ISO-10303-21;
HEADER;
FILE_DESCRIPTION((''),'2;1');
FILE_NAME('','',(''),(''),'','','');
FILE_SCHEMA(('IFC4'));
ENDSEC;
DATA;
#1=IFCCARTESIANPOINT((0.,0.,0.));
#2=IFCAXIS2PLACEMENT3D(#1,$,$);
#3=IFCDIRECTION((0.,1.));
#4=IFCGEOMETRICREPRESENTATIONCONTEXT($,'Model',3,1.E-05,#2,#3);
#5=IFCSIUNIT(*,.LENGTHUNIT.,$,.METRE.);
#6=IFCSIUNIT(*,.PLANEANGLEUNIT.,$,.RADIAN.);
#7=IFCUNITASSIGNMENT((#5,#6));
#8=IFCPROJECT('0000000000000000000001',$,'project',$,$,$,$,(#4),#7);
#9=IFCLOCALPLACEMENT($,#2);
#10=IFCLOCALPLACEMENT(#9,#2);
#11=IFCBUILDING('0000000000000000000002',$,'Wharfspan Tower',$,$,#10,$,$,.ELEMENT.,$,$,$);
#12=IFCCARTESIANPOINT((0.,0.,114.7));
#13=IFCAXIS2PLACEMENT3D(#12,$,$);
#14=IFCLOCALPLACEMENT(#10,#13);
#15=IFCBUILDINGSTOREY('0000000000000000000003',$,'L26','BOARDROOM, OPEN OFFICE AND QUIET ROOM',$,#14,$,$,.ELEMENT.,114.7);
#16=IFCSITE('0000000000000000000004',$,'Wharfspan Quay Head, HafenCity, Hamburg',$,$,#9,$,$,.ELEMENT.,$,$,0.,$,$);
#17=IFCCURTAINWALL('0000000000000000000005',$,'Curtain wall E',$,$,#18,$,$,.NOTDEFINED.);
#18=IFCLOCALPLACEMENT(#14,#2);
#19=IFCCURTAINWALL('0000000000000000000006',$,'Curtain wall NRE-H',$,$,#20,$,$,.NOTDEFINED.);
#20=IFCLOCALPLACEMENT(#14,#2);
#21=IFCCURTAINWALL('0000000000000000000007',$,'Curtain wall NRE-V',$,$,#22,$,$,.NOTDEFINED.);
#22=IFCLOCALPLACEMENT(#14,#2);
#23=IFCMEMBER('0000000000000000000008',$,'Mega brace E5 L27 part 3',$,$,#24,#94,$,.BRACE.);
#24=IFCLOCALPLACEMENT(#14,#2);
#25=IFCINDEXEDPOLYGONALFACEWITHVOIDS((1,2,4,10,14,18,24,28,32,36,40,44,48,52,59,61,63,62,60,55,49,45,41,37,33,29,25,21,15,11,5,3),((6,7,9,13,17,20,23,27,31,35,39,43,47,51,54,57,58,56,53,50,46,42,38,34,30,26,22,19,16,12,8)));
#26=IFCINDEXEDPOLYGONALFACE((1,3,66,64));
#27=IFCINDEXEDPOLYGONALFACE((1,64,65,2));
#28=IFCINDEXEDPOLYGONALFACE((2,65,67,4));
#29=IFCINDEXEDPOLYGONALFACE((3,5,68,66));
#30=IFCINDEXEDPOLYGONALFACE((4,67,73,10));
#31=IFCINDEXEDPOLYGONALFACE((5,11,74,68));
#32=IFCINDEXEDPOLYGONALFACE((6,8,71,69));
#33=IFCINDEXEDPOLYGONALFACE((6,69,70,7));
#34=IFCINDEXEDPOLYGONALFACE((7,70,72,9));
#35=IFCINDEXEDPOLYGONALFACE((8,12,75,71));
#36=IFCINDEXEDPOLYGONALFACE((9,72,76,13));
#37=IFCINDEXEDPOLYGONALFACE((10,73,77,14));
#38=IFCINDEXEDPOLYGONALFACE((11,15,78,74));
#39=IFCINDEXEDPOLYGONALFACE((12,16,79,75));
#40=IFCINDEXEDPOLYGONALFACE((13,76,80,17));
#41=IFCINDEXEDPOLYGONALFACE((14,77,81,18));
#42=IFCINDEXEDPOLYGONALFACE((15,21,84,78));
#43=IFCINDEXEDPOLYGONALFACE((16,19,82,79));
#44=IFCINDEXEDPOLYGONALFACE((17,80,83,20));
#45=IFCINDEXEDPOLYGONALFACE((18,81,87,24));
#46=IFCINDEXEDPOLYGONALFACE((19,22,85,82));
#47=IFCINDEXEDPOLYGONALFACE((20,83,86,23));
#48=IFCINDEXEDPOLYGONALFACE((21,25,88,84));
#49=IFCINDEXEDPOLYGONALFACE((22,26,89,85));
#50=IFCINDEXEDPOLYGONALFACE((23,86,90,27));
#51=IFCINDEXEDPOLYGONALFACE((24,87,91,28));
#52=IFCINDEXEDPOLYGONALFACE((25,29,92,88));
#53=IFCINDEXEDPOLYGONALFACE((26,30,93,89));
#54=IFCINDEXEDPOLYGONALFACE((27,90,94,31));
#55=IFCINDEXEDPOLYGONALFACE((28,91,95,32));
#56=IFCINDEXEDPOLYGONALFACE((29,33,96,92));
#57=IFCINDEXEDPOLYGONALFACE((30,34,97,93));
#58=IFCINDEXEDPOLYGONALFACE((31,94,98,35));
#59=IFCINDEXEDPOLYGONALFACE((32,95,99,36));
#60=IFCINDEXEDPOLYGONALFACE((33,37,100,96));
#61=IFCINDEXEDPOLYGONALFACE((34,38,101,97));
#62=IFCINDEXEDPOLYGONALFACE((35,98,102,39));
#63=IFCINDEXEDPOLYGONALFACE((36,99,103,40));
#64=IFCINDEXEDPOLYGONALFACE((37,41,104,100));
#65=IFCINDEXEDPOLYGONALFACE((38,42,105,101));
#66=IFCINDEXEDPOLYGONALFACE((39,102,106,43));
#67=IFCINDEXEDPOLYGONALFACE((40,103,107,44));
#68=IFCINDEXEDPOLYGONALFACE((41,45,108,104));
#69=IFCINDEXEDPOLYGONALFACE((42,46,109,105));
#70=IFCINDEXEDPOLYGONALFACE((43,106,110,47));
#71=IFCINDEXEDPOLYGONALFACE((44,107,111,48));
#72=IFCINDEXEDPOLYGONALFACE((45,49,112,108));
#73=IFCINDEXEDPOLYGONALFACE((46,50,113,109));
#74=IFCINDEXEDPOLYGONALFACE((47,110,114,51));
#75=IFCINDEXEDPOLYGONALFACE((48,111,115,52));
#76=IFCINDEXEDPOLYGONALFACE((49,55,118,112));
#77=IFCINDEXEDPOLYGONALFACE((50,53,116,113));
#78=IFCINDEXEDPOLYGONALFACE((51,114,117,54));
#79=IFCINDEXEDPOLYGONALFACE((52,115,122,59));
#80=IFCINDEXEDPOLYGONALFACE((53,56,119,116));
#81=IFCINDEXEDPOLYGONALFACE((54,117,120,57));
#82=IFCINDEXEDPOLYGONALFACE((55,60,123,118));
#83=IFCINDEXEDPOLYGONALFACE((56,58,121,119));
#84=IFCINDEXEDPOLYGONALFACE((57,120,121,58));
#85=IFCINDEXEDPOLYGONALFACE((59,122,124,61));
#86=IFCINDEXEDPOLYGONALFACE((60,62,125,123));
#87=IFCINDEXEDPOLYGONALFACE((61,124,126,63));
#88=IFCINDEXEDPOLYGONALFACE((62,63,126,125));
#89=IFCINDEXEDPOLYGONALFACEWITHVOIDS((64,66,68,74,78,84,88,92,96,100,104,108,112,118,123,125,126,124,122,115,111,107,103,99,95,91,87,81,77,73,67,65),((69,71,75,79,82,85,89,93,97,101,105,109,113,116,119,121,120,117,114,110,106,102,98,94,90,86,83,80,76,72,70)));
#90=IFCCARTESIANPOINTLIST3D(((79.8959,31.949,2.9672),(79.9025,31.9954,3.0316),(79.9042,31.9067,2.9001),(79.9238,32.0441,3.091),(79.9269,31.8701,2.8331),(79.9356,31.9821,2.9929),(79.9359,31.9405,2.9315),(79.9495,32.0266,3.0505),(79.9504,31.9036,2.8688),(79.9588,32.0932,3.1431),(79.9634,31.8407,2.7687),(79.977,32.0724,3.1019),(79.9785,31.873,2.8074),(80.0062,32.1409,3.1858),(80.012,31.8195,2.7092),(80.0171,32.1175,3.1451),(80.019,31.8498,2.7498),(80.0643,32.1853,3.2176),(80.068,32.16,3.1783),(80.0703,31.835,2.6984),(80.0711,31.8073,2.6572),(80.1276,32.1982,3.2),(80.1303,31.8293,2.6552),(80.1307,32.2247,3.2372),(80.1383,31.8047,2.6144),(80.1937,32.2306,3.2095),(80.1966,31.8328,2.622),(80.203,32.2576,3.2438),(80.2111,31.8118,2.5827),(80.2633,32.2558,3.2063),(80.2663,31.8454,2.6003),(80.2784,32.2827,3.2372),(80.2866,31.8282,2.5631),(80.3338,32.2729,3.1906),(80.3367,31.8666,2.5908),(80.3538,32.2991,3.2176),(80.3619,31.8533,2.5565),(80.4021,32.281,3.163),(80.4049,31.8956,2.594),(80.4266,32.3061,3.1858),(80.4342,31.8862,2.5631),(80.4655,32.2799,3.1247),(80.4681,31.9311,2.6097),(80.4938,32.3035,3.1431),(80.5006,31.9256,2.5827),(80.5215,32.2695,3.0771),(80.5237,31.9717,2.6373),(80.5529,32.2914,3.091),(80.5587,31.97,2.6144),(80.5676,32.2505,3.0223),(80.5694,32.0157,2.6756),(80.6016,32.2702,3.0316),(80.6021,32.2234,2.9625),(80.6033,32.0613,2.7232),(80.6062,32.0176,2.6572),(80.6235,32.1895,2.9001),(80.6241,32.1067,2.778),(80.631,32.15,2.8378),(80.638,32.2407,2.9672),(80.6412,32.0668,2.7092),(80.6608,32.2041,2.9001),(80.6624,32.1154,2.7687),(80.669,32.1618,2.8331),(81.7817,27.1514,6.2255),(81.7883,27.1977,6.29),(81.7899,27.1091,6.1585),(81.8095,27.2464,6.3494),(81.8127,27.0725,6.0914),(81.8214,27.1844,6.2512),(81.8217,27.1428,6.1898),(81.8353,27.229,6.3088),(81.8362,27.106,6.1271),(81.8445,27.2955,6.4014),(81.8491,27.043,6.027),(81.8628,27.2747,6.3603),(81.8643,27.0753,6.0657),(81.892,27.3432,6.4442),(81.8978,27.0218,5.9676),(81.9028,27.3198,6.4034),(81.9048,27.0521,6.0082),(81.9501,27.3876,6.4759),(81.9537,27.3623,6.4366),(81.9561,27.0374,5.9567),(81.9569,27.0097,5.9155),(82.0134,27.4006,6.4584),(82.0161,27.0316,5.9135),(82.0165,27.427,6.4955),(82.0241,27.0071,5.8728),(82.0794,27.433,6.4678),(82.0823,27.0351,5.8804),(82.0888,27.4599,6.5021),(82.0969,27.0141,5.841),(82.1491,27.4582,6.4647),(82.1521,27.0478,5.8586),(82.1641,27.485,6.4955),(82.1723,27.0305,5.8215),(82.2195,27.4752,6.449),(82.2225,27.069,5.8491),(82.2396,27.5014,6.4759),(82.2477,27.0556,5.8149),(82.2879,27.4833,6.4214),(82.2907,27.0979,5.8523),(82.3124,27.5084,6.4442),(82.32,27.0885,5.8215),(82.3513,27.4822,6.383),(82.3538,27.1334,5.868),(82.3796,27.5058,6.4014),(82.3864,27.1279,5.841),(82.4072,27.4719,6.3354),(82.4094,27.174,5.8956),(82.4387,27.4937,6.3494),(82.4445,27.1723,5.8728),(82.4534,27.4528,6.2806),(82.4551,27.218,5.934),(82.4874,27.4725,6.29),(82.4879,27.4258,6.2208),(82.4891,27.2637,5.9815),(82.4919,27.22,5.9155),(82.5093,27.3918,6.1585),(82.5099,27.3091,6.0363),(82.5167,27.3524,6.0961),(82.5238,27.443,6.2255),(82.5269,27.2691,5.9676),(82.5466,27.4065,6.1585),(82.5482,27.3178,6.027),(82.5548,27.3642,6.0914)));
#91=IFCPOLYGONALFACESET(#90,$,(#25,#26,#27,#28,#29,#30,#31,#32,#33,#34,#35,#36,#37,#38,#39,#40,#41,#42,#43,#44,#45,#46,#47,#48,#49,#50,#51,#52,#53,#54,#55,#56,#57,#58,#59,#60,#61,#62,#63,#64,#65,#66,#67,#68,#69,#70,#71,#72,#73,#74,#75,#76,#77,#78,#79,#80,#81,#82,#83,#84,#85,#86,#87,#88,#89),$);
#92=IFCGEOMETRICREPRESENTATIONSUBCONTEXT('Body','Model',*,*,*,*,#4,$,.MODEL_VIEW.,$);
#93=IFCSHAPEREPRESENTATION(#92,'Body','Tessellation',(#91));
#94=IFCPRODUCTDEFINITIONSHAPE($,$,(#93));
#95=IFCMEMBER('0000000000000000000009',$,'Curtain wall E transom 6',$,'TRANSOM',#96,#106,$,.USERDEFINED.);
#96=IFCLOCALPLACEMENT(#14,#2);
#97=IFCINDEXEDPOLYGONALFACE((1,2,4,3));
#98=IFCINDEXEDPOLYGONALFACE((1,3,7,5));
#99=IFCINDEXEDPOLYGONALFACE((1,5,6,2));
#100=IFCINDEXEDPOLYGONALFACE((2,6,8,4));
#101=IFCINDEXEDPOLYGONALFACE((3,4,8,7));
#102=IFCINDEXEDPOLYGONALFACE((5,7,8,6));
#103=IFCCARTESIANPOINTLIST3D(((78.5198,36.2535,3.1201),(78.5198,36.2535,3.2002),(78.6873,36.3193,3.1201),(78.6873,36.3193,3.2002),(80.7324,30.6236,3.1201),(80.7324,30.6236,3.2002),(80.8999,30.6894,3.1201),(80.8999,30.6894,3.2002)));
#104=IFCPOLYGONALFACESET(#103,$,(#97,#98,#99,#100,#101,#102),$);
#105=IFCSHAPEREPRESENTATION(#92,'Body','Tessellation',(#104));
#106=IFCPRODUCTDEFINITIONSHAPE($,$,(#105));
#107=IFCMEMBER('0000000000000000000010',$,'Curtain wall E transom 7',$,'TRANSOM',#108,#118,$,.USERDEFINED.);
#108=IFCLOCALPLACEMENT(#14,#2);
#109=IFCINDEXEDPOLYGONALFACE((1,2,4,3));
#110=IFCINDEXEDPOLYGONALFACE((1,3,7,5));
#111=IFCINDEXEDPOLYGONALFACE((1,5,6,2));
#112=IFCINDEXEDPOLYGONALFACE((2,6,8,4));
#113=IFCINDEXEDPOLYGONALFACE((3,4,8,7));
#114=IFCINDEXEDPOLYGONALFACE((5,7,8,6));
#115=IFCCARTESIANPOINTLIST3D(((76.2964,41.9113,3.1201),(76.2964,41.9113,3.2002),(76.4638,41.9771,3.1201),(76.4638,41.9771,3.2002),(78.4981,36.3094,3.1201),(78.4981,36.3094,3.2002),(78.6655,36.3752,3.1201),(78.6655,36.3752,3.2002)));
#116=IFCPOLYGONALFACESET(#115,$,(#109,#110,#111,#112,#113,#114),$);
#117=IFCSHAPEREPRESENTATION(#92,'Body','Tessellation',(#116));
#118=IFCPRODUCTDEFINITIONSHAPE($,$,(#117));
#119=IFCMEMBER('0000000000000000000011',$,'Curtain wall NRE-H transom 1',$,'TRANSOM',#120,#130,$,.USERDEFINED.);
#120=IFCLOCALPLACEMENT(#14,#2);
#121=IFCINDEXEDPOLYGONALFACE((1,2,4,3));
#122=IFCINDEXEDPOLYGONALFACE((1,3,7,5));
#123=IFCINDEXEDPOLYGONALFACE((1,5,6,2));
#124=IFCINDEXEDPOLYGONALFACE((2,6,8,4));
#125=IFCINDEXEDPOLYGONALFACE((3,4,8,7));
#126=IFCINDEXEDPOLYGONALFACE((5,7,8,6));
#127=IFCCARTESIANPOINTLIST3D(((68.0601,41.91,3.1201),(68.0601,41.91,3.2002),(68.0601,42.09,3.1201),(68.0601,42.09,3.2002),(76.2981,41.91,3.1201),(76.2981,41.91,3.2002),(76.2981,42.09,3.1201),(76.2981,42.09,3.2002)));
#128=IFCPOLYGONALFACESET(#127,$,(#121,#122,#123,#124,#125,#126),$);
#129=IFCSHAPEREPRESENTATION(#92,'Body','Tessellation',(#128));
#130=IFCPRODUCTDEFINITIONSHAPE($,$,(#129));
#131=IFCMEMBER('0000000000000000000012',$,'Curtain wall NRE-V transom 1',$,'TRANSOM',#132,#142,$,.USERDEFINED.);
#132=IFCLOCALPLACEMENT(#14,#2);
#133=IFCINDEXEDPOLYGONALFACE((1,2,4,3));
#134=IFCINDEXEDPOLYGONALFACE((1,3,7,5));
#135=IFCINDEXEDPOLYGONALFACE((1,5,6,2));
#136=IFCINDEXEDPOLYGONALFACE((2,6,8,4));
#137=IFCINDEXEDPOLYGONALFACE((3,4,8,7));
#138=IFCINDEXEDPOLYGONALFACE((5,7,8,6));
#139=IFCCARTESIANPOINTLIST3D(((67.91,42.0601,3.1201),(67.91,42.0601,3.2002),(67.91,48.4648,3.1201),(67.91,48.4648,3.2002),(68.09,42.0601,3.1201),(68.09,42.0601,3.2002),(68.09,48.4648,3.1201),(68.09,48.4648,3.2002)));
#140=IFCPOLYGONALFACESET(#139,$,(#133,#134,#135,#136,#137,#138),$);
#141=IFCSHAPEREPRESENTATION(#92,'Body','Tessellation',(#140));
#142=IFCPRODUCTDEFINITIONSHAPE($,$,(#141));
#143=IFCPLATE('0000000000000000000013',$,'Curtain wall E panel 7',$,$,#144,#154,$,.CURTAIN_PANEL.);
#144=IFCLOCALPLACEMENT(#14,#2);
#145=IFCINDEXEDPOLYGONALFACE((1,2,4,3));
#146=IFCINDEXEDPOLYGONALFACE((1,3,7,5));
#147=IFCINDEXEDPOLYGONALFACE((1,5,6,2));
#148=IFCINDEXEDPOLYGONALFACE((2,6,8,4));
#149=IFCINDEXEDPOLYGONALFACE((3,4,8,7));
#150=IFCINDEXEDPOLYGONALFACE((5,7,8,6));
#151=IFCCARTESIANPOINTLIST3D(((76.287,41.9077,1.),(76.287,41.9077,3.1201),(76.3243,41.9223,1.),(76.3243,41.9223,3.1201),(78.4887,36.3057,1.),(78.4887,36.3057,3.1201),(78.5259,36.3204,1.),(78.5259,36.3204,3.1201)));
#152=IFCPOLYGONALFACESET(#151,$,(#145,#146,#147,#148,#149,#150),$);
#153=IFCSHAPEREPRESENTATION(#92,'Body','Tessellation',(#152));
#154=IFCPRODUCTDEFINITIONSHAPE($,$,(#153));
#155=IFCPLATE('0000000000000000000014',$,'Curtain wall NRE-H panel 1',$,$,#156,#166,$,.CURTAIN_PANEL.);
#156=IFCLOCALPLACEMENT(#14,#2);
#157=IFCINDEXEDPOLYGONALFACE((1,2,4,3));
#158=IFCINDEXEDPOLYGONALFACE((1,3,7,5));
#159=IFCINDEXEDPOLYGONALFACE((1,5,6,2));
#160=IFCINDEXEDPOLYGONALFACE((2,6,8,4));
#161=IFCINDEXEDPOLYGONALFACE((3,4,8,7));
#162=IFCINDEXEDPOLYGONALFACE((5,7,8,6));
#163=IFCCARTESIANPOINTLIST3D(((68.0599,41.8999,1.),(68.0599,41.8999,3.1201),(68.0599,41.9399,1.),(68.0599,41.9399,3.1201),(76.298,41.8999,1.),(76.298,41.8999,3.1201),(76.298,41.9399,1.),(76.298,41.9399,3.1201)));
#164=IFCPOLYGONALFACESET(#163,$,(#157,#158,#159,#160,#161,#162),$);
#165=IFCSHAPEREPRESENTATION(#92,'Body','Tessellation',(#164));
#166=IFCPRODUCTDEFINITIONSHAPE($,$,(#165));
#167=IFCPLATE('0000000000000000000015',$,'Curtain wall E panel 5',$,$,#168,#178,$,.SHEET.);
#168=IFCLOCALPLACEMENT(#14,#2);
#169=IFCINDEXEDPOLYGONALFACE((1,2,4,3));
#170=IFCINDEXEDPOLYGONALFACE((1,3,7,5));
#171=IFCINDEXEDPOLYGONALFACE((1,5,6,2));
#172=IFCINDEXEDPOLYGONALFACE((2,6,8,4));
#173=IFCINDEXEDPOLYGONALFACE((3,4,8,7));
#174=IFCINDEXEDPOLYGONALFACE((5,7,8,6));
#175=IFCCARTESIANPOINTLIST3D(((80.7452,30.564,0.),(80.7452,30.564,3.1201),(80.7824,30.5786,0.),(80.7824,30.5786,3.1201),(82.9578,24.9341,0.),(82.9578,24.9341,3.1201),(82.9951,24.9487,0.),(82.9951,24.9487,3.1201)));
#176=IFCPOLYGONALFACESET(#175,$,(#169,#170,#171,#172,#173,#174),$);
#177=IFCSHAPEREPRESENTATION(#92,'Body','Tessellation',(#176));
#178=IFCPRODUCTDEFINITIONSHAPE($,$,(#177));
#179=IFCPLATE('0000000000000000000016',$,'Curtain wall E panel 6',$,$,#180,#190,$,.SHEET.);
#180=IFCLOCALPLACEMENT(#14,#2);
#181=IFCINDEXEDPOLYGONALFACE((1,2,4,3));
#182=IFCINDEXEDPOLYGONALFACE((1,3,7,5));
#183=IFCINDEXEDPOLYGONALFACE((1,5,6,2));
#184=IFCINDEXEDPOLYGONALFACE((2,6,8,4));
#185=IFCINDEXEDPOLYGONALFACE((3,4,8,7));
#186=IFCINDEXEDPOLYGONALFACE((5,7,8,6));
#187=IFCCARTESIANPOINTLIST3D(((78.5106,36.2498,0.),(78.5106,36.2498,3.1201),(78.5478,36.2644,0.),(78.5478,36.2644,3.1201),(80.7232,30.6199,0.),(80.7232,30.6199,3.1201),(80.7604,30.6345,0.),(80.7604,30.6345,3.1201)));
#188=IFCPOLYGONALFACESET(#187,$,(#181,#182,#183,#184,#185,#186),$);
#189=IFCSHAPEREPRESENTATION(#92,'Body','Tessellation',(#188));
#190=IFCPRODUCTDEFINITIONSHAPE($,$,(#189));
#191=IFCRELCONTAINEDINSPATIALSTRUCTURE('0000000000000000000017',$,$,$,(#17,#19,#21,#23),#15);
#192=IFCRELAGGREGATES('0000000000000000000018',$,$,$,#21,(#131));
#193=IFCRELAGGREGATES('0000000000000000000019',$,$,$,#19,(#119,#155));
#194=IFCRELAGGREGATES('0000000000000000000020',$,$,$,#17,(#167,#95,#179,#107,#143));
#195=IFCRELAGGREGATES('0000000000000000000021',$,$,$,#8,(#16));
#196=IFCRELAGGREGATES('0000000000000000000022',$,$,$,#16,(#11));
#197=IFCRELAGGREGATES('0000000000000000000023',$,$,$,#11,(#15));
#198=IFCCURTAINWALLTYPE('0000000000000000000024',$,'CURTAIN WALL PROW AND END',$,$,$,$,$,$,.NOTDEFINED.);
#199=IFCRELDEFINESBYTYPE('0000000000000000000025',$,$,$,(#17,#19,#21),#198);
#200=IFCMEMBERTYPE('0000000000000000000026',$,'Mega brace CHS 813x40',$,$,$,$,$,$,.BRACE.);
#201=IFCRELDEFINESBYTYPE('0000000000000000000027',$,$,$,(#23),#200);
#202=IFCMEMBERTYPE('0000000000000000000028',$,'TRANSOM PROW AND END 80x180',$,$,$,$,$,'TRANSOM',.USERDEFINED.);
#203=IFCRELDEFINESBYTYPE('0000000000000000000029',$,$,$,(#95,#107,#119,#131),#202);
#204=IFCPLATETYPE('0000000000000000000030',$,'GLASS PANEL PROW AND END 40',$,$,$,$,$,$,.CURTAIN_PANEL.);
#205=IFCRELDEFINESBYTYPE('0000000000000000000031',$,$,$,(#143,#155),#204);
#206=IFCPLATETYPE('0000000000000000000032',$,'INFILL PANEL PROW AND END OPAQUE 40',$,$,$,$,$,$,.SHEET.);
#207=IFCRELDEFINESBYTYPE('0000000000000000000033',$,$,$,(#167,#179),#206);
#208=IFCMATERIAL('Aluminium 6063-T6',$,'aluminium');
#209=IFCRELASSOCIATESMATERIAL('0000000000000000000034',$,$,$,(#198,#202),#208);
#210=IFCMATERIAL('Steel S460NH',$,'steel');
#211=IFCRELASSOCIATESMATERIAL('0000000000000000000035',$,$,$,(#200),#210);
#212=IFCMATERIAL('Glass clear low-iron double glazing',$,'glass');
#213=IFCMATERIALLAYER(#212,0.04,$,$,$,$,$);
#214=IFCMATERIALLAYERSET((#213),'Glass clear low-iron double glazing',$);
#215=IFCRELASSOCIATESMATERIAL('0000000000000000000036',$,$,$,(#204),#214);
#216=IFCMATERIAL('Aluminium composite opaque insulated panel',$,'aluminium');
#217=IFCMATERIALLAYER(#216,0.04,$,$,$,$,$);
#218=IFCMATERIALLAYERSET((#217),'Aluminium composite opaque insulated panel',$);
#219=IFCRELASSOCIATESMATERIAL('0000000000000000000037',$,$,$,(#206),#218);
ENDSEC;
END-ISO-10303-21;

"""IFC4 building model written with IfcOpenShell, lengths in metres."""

from ifc_helpers import new_model, si_unit, direction, frame, origin, origin_2d, place, context, subcontext, project, spatial, rectangle, hollow_circle, extrude, material, layer, layer_set, material_profile, profile_set, type_object, element, aggregate, save


model = new_model("IFC4")

# Units and contexts
model_context = context("Model", 3, precision=1e-05, world=origin(), true_north=direction((0.0, 1.0)))
body_context = subcontext(model_context, "Body", "Model", "MODEL_VIEW")
ifc_project = project(units=[si_unit("LENGTHUNIT", "METRE"), si_unit("PLANEANGLEUNIT", "RADIAN")], contexts=[model_context])

# Site, building, storey
site_placement = place(None, origin())
site = spatial("IfcSite", under=ifc_project, at=site_placement, Name="Wharfspan Quay Head, HafenCity, Hamburg", CompositionType="ELEMENT", RefElevation=0.0)
building_placement = place(site_placement, origin())
building = spatial("IfcBuilding", under=site, at=building_placement, Name="Wharfspan Tower", CompositionType="ELEMENT")
storey_placement = place(building_placement, frame((0.0, 0.0, 114.7)))
storey = spatial("IfcBuildingStorey", under=building, at=storey_placement, Name="L26", Description="BOARDROOM, OPEN OFFICE AND QUIET ROOM", CompositionType="ELEMENT", Elevation=114.7)

# Curtain walls
ifc_material_1 = material(Name="Aluminium 6063-T6", Category="aluminium")
curtain_wall_type = type_object("IfcCurtainWallType", Name="CURTAIN WALL PROW AND END", PredefinedType="NOTDEFINED", material=ifc_material_1)
curtain_wall_1_placement = place(storey_placement, origin())
curtain_wall_1 = element("IfcCurtainWall", 1, at=curtain_wall_1_placement, inside=storey, type_object=curtain_wall_type, Name="Curtain wall E", PredefinedType="NOTDEFINED")
curtain_wall_2_placement = place(storey_placement, origin())
curtain_wall_2 = element("IfcCurtainWall", 2, at=curtain_wall_2_placement, inside=storey, type_object=curtain_wall_type, Name="Curtain wall NRE-H", PredefinedType="NOTDEFINED")
curtain_wall_3_placement = place(storey_placement, origin())
curtain_wall_3 = element("IfcCurtainWall", 3, at=curtain_wall_3_placement, inside=storey, type_object=curtain_wall_type, Name="Curtain wall NRE-V", PredefinedType="NOTDEFINED")

# Members
ifc_material_2 = material(Name="Steel S460NH", Category="steel")
ifc_material_profile_1 = material_profile(ifc_material_2, hollow_circle(Radius=0.4065, WallThickness=0.04, at=origin_2d()))
ifc_profile_set_1 = profile_set([ifc_material_profile_1], Name="Steel S460NH")
member_type_1 = type_object("IfcMemberType", Name="Mega brace CHS 813x40", PredefinedType="BRACE", material=ifc_profile_set_1)
member_1_placement = place(storey_placement, frame((80.2825, 32.0554, 2.9001), z_axis=(0.309223, -0.786709, 0.534294), x_axis=(0.930685, 0.365812, -0.000003)))
element("IfcMember", 4, at=member_1_placement, inside=storey, type_object=member_type_1, Name="Mega brace E5 L27 part 3", PredefinedType="BRACE", context=body_context, shape_type="SweptSolid", body=[
    extrude(hollow_circle(Radius=0.4065, WallThickness=0.04, at=origin_2d()), origin(), (0.0, 0.0, 1.0), 6.0984),
])
ifc_material_profile_2 = material_profile(ifc_material_1, rectangle(XDim=0.1799, YDim=0.0801, at=origin_2d()))
ifc_profile_set_2 = profile_set([ifc_material_profile_2], Name="Aluminium 6063-T6")
member_type_2 = type_object("IfcMemberType", Name="TRANSOM PROW AND END 80x180", ElementType="TRANSOM", PredefinedType="USERDEFINED", material=ifc_profile_set_2)
member_2_placement = place(storey_placement, frame((80.8162, 30.6565, 3.1602), z_axis=(-0.365782, 0.9307, 0.0), x_axis=(-0.9307, -0.365782, 0.0)))
member_2 = element("IfcMember", 5, at=member_2_placement, type_object=member_type_2, Name="Curtain wall E transom 6", ObjectType="TRANSOM", PredefinedType="USERDEFINED", context=body_context, shape_type="SweptSolid", body=[
    extrude(rectangle(XDim=0.1799, YDim=0.0801, at=origin_2d()), origin(), (0.0, 0.0, 1.0), 6.0491),
])
member_3_placement = place(storey_placement, frame((78.5818, 36.3423, 3.1602), z_axis=(-0.365789, 0.930698, 0.0), x_axis=(-0.930698, -0.365789, 0.0)))
member_3 = element("IfcMember", 6, at=member_3_placement, type_object=member_type_2, Name="Curtain wall E transom 7", ObjectType="TRANSOM", PredefinedType="USERDEFINED", context=body_context, shape_type="SweptSolid", body=[
    extrude(rectangle(XDim=0.1799, YDim=0.0801, at=origin_2d()), origin(), (0.0, 0.0, 1.0), 6.019),
])
member_4_placement = place(storey_placement, frame((76.2981, 42.0, 3.1602), z_axis=(-1.0, 0.0, 0.0), x_axis=(0.0, -1.0, 0.0)))
member_4 = element("IfcMember", 7, at=member_4_placement, type_object=member_type_2, Name="Curtain wall NRE-H transom 1", ObjectType="TRANSOM", PredefinedType="USERDEFINED", context=body_context, shape_type="SweptSolid", body=[
    extrude(rectangle(XDim=0.1799, YDim=0.0801, at=origin_2d()), origin(), (0.0, 0.0, 1.0), 8.238),
])
member_5_placement = place(storey_placement, frame((68.0, 42.0601, 3.1602), z_axis=(0.0, 1.0, 0.0), x_axis=(-1.0, 0.0, 0.0)))
member_5 = element("IfcMember", 8, at=member_5_placement, type_object=member_type_2, Name="Curtain wall NRE-V transom 1", ObjectType="TRANSOM", PredefinedType="USERDEFINED", context=body_context, shape_type="SweptSolid", body=[
    extrude(rectangle(XDim=0.1799, YDim=0.0801, at=origin_2d()), origin(), (0.0, 0.0, 1.0), 6.4048),
])
aggregate(curtain_wall_3, [member_5])

# Plates
ifc_material_3 = material(Name="Glass clear low-iron double glazing", Category="glass")
ifc_layer_1 = layer(ifc_material_3, 0.04)
ifc_layer_set_1 = layer_set([ifc_layer_1], Name="Glass clear low-iron double glazing")
plate_type_1 = type_object("IfcPlateType", Name="GLASS PANEL PROW AND END 40", PredefinedType="CURTAIN_PANEL", material=ifc_layer_set_1)
plate_1_placement = place(storey_placement, frame((77.4065, 39.114, 1.0), z_axis=(0.0, 0.0, 1.0), x_axis=(-0.365778, 0.930702, 0.0)))
plate_1 = element("IfcPlate", 9, at=plate_1_placement, type_object=plate_type_1, Name="Curtain wall E panel 7", PredefinedType="CURTAIN_PANEL", context=body_context, shape_type="SweptSolid", body=[
    extrude(rectangle(XDim=6.019, YDim=0.04, at=origin_2d()), origin(), (0.0, 0.0, 1.0), 2.1201),
])
plate_2_placement = place(storey_placement, frame((72.179, 41.9199, 1.0), z_axis=(0.0, 0.0, 1.0), x_axis=(-1.0, 0.0, 0.0)))
plate_2 = element("IfcPlate", 10, at=plate_2_placement, type_object=plate_type_1, Name="Curtain wall NRE-H panel 1", PredefinedType="CURTAIN_PANEL", context=body_context, shape_type="SweptSolid", body=[
    extrude(rectangle(XDim=8.238, YDim=0.04, at=origin_2d()), origin(), (0.0, 0.0, 1.0), 2.1201),
])
aggregate(curtain_wall_2, [member_4, plate_2])
ifc_material_4 = material(Name="Aluminium composite opaque insulated panel", Category="aluminium")
ifc_layer_2 = layer(ifc_material_4, 0.04)
ifc_layer_set_2 = layer_set([ifc_layer_2], Name="Aluminium composite opaque insulated panel")
plate_type_2 = type_object("IfcPlateType", Name="INFILL PANEL PROW AND END OPAQUE 40", PredefinedType="SHEET", material=ifc_layer_set_2)
plate_3_placement = place(storey_placement, frame((81.8701, 27.7563, 0.0), z_axis=(0.0, 0.0, 1.0), x_axis=(-0.365778, 0.930702, 0.0)))
plate_3 = element("IfcPlate", 11, at=plate_3_placement, type_object=plate_type_2, Name="Curtain wall E panel 5", PredefinedType="SHEET", context=body_context, shape_type="SweptSolid", body=[
    extrude(rectangle(XDim=6.0491, YDim=0.04, at=origin_2d()), origin(), (0.0, 0.0, 1.0), 3.1201),
])
plate_4_placement = place(storey_placement, frame((79.6355, 33.4421, 0.0), z_axis=(0.0, 0.0, 1.0), x_axis=(-0.365778, 0.930702, 0.0)))
plate_4 = element("IfcPlate", 12, at=plate_4_placement, type_object=plate_type_2, Name="Curtain wall E panel 6", PredefinedType="SHEET", context=body_context, shape_type="SweptSolid", body=[
    extrude(rectangle(XDim=6.0491, YDim=0.04, at=origin_2d()), origin(), (0.0, 0.0, 1.0), 3.1201),
])
aggregate(curtain_wall_1, [plate_3, member_2, plate_4, member_3, plate_1])

save(model, "model.ifc")
